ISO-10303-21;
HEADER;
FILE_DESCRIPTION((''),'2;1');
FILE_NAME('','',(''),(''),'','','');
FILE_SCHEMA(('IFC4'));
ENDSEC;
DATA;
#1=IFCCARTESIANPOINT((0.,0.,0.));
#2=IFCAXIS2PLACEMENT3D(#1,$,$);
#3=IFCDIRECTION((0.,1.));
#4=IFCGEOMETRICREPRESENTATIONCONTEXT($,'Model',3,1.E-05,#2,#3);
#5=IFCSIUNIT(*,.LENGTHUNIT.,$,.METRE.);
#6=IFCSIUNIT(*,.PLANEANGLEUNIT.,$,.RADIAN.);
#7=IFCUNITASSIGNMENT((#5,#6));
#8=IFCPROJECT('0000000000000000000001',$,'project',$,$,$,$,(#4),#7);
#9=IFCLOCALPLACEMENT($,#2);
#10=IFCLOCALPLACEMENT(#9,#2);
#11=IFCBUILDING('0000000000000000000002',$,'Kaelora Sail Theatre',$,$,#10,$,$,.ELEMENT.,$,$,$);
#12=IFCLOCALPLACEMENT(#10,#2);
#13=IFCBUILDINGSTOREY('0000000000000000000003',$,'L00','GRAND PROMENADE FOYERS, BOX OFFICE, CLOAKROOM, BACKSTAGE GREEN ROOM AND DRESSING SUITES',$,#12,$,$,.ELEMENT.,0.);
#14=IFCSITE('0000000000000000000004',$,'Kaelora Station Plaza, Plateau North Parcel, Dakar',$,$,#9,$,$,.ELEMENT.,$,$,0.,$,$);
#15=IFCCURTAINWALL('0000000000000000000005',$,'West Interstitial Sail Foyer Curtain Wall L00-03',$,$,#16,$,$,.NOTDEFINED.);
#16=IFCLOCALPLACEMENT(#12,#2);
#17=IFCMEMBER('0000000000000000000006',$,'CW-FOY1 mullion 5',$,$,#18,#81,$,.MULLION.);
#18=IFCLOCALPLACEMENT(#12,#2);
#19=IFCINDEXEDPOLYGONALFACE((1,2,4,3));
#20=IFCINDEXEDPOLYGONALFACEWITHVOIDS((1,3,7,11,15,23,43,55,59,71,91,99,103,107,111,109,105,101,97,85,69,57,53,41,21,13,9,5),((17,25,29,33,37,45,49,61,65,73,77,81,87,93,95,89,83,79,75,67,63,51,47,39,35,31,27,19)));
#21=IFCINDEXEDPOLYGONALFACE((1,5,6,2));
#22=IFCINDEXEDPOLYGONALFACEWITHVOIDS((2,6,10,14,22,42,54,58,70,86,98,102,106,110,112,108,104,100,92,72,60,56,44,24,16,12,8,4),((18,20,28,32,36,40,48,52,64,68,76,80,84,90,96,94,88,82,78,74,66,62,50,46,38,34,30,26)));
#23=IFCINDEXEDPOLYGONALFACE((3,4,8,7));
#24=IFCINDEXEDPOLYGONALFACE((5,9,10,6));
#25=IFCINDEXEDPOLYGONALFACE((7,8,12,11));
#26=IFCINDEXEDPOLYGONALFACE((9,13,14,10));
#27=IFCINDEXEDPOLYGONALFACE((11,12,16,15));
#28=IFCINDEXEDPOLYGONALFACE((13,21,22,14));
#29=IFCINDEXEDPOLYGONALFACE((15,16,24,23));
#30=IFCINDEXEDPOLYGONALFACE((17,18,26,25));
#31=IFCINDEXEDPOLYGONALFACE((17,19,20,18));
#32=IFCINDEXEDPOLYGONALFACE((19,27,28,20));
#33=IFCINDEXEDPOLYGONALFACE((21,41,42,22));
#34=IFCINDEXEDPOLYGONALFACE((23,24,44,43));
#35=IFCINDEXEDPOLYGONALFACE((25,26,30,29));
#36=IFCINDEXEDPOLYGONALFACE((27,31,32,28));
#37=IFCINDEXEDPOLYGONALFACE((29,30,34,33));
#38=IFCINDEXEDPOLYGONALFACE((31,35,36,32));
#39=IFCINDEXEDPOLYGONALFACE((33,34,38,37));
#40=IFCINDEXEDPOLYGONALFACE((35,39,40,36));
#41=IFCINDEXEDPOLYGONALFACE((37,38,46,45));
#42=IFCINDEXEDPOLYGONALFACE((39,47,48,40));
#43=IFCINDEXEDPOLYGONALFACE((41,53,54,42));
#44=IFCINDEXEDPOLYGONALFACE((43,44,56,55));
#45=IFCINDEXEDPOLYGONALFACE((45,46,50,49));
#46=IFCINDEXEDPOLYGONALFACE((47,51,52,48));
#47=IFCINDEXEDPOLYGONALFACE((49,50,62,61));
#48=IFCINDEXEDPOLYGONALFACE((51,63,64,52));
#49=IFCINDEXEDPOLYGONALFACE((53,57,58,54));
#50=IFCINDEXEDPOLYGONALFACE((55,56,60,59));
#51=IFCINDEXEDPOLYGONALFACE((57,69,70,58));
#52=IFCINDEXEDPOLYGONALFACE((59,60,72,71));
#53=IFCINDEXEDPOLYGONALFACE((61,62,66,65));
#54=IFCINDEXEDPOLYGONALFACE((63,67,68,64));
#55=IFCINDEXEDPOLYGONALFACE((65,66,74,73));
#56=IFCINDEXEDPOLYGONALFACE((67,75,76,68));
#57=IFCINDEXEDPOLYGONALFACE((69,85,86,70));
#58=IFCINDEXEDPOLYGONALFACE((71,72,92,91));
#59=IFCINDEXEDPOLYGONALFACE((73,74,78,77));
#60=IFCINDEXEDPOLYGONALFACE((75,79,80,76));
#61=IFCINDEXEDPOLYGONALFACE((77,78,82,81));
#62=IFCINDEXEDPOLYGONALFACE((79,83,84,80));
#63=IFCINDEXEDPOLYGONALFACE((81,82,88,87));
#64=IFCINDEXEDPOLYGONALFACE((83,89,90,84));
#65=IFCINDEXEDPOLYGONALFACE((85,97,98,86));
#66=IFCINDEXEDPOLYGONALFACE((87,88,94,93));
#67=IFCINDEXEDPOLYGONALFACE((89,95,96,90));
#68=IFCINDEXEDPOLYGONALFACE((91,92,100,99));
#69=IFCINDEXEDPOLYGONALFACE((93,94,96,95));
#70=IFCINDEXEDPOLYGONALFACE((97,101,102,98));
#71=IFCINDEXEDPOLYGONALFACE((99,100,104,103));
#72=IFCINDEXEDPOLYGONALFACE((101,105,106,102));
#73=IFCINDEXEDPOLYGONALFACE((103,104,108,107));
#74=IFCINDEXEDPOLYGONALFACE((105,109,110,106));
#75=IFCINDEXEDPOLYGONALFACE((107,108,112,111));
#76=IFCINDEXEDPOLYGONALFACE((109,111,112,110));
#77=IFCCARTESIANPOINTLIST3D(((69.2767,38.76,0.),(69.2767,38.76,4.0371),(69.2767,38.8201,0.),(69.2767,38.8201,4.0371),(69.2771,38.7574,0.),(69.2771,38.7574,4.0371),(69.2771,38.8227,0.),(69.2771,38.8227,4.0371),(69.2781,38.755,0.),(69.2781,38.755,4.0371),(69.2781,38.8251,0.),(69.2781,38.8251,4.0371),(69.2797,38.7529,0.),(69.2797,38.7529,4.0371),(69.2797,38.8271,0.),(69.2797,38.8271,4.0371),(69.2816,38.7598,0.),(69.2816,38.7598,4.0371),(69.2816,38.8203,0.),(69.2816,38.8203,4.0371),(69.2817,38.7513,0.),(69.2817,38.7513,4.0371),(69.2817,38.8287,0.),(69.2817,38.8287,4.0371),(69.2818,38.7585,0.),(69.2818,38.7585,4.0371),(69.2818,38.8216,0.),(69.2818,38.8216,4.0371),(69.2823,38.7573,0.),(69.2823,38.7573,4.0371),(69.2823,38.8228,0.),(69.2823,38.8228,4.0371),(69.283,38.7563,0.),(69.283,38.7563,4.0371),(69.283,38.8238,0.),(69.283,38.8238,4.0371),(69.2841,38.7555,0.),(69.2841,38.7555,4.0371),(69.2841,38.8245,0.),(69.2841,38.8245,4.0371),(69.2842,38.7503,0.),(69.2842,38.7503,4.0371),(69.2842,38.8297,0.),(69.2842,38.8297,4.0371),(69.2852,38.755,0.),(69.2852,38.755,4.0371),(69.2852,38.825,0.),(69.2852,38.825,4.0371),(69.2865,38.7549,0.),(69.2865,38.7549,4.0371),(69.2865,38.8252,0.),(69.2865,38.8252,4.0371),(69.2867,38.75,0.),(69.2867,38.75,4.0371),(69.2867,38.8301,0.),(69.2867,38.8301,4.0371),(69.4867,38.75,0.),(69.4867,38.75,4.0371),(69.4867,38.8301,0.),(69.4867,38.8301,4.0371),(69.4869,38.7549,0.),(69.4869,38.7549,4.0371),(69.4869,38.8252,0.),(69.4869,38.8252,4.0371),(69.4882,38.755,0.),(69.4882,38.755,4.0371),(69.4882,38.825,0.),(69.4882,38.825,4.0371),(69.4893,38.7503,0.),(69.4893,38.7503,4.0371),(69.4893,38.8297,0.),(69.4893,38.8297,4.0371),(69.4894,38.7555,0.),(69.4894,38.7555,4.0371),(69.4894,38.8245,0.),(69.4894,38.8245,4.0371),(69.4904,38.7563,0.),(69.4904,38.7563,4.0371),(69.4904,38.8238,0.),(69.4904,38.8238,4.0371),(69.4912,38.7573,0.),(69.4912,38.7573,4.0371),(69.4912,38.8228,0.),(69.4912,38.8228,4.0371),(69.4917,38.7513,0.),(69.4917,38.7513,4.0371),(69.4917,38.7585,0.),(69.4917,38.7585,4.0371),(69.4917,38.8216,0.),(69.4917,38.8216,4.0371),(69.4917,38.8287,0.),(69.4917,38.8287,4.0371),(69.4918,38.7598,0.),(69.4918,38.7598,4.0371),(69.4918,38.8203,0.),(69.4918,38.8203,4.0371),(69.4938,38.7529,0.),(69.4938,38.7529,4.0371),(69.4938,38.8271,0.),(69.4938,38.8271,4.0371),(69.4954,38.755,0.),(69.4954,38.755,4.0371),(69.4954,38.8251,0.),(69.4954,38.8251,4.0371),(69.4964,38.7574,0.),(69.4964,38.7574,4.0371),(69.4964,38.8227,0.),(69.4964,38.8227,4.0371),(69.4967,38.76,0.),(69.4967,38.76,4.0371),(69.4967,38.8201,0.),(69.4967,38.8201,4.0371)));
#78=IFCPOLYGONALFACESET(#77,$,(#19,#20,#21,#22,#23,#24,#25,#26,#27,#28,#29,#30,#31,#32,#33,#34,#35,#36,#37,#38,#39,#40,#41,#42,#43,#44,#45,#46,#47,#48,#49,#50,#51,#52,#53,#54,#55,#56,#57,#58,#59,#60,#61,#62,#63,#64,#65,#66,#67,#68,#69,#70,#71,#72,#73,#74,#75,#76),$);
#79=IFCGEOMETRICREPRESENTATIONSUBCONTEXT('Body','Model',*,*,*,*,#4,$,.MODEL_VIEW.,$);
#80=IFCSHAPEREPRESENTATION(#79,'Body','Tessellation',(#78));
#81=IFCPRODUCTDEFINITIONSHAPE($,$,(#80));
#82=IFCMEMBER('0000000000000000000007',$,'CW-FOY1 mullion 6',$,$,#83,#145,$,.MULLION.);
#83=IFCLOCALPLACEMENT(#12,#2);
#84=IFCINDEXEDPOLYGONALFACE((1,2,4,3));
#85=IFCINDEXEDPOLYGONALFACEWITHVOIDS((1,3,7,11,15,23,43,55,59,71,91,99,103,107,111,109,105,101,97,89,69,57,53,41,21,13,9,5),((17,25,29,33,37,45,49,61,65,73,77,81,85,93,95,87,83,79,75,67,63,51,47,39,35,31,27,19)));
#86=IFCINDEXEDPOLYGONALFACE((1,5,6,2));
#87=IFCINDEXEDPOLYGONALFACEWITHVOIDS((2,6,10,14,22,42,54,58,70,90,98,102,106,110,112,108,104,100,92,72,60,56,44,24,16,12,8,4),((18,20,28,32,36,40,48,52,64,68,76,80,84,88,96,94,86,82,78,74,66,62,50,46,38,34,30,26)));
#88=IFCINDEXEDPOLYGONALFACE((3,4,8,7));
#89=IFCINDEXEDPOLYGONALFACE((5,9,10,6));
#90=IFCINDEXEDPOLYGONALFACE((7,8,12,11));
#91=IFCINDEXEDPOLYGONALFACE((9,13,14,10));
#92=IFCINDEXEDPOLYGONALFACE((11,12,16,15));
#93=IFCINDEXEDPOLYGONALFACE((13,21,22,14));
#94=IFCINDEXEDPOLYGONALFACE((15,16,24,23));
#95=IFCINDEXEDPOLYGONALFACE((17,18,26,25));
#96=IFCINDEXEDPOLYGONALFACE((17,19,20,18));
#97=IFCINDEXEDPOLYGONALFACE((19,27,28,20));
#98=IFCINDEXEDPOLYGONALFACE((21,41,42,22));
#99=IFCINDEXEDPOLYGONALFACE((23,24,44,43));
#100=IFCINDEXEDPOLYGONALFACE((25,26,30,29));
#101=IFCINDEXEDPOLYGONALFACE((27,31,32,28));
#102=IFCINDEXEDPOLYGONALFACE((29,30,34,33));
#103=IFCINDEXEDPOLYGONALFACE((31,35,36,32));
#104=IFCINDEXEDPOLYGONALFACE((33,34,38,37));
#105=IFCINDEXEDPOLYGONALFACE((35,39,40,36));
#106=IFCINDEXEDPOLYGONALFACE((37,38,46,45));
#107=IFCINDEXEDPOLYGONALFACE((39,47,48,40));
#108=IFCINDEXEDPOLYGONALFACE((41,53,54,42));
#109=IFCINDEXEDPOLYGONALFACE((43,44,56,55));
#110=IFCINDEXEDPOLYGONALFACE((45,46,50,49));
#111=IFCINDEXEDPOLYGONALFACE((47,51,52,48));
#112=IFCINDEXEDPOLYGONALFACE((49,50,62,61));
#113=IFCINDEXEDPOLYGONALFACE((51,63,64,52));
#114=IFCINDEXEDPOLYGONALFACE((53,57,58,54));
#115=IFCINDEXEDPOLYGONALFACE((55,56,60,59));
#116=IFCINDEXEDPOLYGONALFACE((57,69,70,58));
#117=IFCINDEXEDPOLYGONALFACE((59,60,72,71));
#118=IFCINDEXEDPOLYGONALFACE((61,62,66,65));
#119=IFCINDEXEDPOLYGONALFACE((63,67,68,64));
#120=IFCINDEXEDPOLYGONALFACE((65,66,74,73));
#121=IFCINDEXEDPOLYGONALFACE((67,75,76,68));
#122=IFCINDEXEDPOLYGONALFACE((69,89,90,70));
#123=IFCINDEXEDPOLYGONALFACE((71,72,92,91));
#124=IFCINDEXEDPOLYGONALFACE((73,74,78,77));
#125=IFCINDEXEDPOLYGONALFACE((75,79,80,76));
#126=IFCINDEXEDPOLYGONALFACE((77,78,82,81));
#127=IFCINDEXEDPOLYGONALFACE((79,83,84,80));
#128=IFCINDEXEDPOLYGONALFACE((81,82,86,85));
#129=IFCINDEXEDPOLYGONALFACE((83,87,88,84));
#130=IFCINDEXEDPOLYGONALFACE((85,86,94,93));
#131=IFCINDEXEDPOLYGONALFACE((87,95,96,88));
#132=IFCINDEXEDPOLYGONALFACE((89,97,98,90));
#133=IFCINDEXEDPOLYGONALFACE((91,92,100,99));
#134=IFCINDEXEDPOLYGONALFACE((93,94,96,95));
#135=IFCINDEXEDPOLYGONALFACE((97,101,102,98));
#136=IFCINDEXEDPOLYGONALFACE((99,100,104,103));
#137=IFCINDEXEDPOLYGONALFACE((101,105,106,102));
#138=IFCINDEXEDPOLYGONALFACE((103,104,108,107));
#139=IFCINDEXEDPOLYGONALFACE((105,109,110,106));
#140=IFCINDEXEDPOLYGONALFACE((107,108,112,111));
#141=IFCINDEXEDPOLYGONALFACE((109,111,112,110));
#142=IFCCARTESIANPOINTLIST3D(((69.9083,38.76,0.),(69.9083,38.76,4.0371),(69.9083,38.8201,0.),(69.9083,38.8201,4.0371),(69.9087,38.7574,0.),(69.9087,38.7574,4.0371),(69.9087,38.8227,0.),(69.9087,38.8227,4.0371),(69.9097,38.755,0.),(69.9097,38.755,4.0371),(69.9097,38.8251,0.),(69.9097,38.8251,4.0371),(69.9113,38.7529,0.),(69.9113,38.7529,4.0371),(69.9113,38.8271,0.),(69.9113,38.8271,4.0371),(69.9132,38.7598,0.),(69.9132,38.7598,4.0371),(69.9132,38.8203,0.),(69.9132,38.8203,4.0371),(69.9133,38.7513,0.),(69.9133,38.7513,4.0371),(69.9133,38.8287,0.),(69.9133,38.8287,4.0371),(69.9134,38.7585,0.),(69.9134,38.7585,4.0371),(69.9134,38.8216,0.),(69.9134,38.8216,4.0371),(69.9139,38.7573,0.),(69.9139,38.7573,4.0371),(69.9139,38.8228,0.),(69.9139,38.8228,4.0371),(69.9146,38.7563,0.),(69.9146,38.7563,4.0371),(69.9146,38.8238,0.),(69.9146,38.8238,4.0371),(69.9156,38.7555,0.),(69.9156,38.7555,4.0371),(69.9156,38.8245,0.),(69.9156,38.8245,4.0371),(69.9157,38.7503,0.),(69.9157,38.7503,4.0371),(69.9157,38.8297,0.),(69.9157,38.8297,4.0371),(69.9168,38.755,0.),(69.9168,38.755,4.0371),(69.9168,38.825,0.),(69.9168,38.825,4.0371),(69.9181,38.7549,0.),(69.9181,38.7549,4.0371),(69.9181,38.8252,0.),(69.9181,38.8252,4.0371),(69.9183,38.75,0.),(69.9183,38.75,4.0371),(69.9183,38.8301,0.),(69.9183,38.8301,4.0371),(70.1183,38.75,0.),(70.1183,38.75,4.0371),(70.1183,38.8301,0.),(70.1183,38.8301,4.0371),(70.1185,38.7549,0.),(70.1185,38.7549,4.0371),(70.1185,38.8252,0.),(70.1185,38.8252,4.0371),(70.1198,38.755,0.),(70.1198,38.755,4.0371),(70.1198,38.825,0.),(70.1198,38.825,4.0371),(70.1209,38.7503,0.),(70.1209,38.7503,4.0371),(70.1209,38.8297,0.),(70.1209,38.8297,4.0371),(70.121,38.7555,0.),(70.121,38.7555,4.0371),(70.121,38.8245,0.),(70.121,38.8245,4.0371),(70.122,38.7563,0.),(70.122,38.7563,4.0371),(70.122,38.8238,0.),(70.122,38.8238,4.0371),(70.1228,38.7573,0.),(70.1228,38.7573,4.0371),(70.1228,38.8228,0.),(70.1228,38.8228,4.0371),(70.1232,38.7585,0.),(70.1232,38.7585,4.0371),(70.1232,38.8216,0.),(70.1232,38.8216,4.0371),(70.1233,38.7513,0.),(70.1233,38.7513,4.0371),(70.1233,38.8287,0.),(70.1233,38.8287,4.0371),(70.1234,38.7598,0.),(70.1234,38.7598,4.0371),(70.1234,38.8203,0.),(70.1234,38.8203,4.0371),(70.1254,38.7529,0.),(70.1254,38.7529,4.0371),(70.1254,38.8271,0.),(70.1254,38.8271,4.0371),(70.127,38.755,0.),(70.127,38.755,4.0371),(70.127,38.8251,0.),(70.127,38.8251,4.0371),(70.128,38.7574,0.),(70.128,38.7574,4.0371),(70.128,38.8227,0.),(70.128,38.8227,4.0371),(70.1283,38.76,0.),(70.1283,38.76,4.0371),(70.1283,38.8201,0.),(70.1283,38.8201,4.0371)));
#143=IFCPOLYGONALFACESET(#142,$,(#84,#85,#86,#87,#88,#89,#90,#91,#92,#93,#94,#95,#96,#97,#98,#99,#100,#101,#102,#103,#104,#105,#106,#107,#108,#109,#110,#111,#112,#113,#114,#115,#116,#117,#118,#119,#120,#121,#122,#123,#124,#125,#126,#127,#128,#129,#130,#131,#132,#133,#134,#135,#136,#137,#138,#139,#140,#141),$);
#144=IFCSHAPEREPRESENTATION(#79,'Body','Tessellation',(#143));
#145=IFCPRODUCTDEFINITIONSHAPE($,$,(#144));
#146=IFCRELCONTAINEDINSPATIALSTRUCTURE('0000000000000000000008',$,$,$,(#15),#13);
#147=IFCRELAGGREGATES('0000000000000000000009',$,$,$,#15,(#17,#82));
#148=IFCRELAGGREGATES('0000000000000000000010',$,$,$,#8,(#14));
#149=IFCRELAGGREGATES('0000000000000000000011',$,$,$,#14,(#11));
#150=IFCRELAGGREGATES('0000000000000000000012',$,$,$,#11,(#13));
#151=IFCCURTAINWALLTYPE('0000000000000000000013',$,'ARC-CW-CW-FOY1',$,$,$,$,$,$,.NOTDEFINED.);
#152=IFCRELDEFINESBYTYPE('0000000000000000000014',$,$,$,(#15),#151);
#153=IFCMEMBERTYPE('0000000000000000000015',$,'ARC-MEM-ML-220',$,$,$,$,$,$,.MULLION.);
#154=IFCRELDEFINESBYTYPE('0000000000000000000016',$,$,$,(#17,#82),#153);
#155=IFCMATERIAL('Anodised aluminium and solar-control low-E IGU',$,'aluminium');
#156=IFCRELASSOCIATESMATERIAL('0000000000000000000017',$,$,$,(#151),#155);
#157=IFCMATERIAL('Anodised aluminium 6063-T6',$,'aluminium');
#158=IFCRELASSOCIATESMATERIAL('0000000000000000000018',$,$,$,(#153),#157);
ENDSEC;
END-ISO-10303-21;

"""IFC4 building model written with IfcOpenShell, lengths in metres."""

from ifc_helpers import new_model, si_unit, direction, frame, origin, origin_2d, place, context, subcontext, project, spatial, hollow_rectangle, extrude, material, material_profile, profile_set, type_object, element, aggregate, save


model = new_model("IFC4")

# Units and contexts
model_context = context("Model", 3, precision=1e-05, world=origin(), true_north=direction((0.0, 1.0)))
body_context = subcontext(model_context, "Body", "Model", "MODEL_VIEW")
ifc_project = project(units=[si_unit("LENGTHUNIT", "METRE"), si_unit("PLANEANGLEUNIT", "RADIAN")], contexts=[model_context])

# Site, building, storey
site_placement = place(None, origin())
site = spatial("IfcSite", under=ifc_project, at=site_placement, Name="Kaelora Station Plaza, Plateau North Parcel, Dakar", CompositionType="ELEMENT", RefElevation=0.0)
building_placement = place(site_placement, origin())
building = spatial("IfcBuilding", under=site, at=building_placement, Name="Kaelora Sail Theatre", CompositionType="ELEMENT")
storey_placement = place(building_placement, origin())
storey = spatial("IfcBuildingStorey", under=building, at=storey_placement, Name="L00", Description="GRAND PROMENADE FOYERS, BOX OFFICE, CLOAKROOM, BACKSTAGE GREEN ROOM AND DRESSING SUITES", CompositionType="ELEMENT", Elevation=0.0)

# Curtain wall, members
ifc_material_1 = material(Name="Anodised aluminium and solar-control low-E IGU", Category="aluminium")
curtain_wall_type = type_object("IfcCurtainWallType", Name="ARC-CW-CW-FOY1", PredefinedType="NOTDEFINED", material=ifc_material_1)
curtain_wall_placement = place(storey_placement, origin())
curtain_wall = element("IfcCurtainWall", 1, at=curtain_wall_placement, inside=storey, type_object=curtain_wall_type, Name="West Interstitial Sail Foyer Curtain Wall L00-03", PredefinedType="NOTDEFINED")
ifc_material_2 = material(Name="Anodised aluminium 6063-T6", Category="aluminium")
ifc_material_profile_1 = material_profile(ifc_material_2, hollow_rectangle(XDim=0.0801, YDim=0.22, WallThickness=0.0049, InnerFilletRadius=0.0049, OuterFilletRadius=0.01, at=origin_2d()), Name="ALU-MULL 80x220x5")
ifc_profile_set_1 = profile_set([ifc_material_profile_1], Name="Anodised aluminium 6063-T6")
member_type_1 = type_object("IfcMemberType", Name="ARC-MEM-ML-220", PredefinedType="MULLION", material=ifc_profile_set_1)
member_1_placement = place(storey_placement, frame((69.3867, 38.79, 0.0), z_axis=(0.0, 0.0, 1.0), x_axis=(0.0, 1.0, 0.0)))
member_1 = element("IfcMember", 2, at=member_1_placement, type_object=member_type_1, Name="CW-FOY1 mullion 5", PredefinedType="MULLION", context=body_context, shape_type="SweptSolid", body=[
    extrude(hollow_rectangle(XDim=0.0801, YDim=0.22, WallThickness=0.0049, InnerFilletRadius=0.0049, OuterFilletRadius=0.01, at=origin_2d()), origin(), (0.0, 0.0, 1.0), 4.0371),
])
member_2_placement = place(storey_placement, frame((70.0183, 38.79, 0.0), z_axis=(0.0, 0.0, 1.0), x_axis=(0.0, 1.0, 0.0)))
member_2 = element("IfcMember", 3, at=member_2_placement, type_object=member_type_1, Name="CW-FOY1 mullion 6", PredefinedType="MULLION", context=body_context, shape_type="SweptSolid", body=[
    extrude(hollow_rectangle(XDim=0.0801, YDim=0.22, WallThickness=0.0049, InnerFilletRadius=0.0049, OuterFilletRadius=0.01, at=origin_2d()), origin(), (0.0, 0.0, 1.0), 4.0371),
])

aggregate(curtain_wall, [member_1, member_2])

save(model, "model.ifc")
